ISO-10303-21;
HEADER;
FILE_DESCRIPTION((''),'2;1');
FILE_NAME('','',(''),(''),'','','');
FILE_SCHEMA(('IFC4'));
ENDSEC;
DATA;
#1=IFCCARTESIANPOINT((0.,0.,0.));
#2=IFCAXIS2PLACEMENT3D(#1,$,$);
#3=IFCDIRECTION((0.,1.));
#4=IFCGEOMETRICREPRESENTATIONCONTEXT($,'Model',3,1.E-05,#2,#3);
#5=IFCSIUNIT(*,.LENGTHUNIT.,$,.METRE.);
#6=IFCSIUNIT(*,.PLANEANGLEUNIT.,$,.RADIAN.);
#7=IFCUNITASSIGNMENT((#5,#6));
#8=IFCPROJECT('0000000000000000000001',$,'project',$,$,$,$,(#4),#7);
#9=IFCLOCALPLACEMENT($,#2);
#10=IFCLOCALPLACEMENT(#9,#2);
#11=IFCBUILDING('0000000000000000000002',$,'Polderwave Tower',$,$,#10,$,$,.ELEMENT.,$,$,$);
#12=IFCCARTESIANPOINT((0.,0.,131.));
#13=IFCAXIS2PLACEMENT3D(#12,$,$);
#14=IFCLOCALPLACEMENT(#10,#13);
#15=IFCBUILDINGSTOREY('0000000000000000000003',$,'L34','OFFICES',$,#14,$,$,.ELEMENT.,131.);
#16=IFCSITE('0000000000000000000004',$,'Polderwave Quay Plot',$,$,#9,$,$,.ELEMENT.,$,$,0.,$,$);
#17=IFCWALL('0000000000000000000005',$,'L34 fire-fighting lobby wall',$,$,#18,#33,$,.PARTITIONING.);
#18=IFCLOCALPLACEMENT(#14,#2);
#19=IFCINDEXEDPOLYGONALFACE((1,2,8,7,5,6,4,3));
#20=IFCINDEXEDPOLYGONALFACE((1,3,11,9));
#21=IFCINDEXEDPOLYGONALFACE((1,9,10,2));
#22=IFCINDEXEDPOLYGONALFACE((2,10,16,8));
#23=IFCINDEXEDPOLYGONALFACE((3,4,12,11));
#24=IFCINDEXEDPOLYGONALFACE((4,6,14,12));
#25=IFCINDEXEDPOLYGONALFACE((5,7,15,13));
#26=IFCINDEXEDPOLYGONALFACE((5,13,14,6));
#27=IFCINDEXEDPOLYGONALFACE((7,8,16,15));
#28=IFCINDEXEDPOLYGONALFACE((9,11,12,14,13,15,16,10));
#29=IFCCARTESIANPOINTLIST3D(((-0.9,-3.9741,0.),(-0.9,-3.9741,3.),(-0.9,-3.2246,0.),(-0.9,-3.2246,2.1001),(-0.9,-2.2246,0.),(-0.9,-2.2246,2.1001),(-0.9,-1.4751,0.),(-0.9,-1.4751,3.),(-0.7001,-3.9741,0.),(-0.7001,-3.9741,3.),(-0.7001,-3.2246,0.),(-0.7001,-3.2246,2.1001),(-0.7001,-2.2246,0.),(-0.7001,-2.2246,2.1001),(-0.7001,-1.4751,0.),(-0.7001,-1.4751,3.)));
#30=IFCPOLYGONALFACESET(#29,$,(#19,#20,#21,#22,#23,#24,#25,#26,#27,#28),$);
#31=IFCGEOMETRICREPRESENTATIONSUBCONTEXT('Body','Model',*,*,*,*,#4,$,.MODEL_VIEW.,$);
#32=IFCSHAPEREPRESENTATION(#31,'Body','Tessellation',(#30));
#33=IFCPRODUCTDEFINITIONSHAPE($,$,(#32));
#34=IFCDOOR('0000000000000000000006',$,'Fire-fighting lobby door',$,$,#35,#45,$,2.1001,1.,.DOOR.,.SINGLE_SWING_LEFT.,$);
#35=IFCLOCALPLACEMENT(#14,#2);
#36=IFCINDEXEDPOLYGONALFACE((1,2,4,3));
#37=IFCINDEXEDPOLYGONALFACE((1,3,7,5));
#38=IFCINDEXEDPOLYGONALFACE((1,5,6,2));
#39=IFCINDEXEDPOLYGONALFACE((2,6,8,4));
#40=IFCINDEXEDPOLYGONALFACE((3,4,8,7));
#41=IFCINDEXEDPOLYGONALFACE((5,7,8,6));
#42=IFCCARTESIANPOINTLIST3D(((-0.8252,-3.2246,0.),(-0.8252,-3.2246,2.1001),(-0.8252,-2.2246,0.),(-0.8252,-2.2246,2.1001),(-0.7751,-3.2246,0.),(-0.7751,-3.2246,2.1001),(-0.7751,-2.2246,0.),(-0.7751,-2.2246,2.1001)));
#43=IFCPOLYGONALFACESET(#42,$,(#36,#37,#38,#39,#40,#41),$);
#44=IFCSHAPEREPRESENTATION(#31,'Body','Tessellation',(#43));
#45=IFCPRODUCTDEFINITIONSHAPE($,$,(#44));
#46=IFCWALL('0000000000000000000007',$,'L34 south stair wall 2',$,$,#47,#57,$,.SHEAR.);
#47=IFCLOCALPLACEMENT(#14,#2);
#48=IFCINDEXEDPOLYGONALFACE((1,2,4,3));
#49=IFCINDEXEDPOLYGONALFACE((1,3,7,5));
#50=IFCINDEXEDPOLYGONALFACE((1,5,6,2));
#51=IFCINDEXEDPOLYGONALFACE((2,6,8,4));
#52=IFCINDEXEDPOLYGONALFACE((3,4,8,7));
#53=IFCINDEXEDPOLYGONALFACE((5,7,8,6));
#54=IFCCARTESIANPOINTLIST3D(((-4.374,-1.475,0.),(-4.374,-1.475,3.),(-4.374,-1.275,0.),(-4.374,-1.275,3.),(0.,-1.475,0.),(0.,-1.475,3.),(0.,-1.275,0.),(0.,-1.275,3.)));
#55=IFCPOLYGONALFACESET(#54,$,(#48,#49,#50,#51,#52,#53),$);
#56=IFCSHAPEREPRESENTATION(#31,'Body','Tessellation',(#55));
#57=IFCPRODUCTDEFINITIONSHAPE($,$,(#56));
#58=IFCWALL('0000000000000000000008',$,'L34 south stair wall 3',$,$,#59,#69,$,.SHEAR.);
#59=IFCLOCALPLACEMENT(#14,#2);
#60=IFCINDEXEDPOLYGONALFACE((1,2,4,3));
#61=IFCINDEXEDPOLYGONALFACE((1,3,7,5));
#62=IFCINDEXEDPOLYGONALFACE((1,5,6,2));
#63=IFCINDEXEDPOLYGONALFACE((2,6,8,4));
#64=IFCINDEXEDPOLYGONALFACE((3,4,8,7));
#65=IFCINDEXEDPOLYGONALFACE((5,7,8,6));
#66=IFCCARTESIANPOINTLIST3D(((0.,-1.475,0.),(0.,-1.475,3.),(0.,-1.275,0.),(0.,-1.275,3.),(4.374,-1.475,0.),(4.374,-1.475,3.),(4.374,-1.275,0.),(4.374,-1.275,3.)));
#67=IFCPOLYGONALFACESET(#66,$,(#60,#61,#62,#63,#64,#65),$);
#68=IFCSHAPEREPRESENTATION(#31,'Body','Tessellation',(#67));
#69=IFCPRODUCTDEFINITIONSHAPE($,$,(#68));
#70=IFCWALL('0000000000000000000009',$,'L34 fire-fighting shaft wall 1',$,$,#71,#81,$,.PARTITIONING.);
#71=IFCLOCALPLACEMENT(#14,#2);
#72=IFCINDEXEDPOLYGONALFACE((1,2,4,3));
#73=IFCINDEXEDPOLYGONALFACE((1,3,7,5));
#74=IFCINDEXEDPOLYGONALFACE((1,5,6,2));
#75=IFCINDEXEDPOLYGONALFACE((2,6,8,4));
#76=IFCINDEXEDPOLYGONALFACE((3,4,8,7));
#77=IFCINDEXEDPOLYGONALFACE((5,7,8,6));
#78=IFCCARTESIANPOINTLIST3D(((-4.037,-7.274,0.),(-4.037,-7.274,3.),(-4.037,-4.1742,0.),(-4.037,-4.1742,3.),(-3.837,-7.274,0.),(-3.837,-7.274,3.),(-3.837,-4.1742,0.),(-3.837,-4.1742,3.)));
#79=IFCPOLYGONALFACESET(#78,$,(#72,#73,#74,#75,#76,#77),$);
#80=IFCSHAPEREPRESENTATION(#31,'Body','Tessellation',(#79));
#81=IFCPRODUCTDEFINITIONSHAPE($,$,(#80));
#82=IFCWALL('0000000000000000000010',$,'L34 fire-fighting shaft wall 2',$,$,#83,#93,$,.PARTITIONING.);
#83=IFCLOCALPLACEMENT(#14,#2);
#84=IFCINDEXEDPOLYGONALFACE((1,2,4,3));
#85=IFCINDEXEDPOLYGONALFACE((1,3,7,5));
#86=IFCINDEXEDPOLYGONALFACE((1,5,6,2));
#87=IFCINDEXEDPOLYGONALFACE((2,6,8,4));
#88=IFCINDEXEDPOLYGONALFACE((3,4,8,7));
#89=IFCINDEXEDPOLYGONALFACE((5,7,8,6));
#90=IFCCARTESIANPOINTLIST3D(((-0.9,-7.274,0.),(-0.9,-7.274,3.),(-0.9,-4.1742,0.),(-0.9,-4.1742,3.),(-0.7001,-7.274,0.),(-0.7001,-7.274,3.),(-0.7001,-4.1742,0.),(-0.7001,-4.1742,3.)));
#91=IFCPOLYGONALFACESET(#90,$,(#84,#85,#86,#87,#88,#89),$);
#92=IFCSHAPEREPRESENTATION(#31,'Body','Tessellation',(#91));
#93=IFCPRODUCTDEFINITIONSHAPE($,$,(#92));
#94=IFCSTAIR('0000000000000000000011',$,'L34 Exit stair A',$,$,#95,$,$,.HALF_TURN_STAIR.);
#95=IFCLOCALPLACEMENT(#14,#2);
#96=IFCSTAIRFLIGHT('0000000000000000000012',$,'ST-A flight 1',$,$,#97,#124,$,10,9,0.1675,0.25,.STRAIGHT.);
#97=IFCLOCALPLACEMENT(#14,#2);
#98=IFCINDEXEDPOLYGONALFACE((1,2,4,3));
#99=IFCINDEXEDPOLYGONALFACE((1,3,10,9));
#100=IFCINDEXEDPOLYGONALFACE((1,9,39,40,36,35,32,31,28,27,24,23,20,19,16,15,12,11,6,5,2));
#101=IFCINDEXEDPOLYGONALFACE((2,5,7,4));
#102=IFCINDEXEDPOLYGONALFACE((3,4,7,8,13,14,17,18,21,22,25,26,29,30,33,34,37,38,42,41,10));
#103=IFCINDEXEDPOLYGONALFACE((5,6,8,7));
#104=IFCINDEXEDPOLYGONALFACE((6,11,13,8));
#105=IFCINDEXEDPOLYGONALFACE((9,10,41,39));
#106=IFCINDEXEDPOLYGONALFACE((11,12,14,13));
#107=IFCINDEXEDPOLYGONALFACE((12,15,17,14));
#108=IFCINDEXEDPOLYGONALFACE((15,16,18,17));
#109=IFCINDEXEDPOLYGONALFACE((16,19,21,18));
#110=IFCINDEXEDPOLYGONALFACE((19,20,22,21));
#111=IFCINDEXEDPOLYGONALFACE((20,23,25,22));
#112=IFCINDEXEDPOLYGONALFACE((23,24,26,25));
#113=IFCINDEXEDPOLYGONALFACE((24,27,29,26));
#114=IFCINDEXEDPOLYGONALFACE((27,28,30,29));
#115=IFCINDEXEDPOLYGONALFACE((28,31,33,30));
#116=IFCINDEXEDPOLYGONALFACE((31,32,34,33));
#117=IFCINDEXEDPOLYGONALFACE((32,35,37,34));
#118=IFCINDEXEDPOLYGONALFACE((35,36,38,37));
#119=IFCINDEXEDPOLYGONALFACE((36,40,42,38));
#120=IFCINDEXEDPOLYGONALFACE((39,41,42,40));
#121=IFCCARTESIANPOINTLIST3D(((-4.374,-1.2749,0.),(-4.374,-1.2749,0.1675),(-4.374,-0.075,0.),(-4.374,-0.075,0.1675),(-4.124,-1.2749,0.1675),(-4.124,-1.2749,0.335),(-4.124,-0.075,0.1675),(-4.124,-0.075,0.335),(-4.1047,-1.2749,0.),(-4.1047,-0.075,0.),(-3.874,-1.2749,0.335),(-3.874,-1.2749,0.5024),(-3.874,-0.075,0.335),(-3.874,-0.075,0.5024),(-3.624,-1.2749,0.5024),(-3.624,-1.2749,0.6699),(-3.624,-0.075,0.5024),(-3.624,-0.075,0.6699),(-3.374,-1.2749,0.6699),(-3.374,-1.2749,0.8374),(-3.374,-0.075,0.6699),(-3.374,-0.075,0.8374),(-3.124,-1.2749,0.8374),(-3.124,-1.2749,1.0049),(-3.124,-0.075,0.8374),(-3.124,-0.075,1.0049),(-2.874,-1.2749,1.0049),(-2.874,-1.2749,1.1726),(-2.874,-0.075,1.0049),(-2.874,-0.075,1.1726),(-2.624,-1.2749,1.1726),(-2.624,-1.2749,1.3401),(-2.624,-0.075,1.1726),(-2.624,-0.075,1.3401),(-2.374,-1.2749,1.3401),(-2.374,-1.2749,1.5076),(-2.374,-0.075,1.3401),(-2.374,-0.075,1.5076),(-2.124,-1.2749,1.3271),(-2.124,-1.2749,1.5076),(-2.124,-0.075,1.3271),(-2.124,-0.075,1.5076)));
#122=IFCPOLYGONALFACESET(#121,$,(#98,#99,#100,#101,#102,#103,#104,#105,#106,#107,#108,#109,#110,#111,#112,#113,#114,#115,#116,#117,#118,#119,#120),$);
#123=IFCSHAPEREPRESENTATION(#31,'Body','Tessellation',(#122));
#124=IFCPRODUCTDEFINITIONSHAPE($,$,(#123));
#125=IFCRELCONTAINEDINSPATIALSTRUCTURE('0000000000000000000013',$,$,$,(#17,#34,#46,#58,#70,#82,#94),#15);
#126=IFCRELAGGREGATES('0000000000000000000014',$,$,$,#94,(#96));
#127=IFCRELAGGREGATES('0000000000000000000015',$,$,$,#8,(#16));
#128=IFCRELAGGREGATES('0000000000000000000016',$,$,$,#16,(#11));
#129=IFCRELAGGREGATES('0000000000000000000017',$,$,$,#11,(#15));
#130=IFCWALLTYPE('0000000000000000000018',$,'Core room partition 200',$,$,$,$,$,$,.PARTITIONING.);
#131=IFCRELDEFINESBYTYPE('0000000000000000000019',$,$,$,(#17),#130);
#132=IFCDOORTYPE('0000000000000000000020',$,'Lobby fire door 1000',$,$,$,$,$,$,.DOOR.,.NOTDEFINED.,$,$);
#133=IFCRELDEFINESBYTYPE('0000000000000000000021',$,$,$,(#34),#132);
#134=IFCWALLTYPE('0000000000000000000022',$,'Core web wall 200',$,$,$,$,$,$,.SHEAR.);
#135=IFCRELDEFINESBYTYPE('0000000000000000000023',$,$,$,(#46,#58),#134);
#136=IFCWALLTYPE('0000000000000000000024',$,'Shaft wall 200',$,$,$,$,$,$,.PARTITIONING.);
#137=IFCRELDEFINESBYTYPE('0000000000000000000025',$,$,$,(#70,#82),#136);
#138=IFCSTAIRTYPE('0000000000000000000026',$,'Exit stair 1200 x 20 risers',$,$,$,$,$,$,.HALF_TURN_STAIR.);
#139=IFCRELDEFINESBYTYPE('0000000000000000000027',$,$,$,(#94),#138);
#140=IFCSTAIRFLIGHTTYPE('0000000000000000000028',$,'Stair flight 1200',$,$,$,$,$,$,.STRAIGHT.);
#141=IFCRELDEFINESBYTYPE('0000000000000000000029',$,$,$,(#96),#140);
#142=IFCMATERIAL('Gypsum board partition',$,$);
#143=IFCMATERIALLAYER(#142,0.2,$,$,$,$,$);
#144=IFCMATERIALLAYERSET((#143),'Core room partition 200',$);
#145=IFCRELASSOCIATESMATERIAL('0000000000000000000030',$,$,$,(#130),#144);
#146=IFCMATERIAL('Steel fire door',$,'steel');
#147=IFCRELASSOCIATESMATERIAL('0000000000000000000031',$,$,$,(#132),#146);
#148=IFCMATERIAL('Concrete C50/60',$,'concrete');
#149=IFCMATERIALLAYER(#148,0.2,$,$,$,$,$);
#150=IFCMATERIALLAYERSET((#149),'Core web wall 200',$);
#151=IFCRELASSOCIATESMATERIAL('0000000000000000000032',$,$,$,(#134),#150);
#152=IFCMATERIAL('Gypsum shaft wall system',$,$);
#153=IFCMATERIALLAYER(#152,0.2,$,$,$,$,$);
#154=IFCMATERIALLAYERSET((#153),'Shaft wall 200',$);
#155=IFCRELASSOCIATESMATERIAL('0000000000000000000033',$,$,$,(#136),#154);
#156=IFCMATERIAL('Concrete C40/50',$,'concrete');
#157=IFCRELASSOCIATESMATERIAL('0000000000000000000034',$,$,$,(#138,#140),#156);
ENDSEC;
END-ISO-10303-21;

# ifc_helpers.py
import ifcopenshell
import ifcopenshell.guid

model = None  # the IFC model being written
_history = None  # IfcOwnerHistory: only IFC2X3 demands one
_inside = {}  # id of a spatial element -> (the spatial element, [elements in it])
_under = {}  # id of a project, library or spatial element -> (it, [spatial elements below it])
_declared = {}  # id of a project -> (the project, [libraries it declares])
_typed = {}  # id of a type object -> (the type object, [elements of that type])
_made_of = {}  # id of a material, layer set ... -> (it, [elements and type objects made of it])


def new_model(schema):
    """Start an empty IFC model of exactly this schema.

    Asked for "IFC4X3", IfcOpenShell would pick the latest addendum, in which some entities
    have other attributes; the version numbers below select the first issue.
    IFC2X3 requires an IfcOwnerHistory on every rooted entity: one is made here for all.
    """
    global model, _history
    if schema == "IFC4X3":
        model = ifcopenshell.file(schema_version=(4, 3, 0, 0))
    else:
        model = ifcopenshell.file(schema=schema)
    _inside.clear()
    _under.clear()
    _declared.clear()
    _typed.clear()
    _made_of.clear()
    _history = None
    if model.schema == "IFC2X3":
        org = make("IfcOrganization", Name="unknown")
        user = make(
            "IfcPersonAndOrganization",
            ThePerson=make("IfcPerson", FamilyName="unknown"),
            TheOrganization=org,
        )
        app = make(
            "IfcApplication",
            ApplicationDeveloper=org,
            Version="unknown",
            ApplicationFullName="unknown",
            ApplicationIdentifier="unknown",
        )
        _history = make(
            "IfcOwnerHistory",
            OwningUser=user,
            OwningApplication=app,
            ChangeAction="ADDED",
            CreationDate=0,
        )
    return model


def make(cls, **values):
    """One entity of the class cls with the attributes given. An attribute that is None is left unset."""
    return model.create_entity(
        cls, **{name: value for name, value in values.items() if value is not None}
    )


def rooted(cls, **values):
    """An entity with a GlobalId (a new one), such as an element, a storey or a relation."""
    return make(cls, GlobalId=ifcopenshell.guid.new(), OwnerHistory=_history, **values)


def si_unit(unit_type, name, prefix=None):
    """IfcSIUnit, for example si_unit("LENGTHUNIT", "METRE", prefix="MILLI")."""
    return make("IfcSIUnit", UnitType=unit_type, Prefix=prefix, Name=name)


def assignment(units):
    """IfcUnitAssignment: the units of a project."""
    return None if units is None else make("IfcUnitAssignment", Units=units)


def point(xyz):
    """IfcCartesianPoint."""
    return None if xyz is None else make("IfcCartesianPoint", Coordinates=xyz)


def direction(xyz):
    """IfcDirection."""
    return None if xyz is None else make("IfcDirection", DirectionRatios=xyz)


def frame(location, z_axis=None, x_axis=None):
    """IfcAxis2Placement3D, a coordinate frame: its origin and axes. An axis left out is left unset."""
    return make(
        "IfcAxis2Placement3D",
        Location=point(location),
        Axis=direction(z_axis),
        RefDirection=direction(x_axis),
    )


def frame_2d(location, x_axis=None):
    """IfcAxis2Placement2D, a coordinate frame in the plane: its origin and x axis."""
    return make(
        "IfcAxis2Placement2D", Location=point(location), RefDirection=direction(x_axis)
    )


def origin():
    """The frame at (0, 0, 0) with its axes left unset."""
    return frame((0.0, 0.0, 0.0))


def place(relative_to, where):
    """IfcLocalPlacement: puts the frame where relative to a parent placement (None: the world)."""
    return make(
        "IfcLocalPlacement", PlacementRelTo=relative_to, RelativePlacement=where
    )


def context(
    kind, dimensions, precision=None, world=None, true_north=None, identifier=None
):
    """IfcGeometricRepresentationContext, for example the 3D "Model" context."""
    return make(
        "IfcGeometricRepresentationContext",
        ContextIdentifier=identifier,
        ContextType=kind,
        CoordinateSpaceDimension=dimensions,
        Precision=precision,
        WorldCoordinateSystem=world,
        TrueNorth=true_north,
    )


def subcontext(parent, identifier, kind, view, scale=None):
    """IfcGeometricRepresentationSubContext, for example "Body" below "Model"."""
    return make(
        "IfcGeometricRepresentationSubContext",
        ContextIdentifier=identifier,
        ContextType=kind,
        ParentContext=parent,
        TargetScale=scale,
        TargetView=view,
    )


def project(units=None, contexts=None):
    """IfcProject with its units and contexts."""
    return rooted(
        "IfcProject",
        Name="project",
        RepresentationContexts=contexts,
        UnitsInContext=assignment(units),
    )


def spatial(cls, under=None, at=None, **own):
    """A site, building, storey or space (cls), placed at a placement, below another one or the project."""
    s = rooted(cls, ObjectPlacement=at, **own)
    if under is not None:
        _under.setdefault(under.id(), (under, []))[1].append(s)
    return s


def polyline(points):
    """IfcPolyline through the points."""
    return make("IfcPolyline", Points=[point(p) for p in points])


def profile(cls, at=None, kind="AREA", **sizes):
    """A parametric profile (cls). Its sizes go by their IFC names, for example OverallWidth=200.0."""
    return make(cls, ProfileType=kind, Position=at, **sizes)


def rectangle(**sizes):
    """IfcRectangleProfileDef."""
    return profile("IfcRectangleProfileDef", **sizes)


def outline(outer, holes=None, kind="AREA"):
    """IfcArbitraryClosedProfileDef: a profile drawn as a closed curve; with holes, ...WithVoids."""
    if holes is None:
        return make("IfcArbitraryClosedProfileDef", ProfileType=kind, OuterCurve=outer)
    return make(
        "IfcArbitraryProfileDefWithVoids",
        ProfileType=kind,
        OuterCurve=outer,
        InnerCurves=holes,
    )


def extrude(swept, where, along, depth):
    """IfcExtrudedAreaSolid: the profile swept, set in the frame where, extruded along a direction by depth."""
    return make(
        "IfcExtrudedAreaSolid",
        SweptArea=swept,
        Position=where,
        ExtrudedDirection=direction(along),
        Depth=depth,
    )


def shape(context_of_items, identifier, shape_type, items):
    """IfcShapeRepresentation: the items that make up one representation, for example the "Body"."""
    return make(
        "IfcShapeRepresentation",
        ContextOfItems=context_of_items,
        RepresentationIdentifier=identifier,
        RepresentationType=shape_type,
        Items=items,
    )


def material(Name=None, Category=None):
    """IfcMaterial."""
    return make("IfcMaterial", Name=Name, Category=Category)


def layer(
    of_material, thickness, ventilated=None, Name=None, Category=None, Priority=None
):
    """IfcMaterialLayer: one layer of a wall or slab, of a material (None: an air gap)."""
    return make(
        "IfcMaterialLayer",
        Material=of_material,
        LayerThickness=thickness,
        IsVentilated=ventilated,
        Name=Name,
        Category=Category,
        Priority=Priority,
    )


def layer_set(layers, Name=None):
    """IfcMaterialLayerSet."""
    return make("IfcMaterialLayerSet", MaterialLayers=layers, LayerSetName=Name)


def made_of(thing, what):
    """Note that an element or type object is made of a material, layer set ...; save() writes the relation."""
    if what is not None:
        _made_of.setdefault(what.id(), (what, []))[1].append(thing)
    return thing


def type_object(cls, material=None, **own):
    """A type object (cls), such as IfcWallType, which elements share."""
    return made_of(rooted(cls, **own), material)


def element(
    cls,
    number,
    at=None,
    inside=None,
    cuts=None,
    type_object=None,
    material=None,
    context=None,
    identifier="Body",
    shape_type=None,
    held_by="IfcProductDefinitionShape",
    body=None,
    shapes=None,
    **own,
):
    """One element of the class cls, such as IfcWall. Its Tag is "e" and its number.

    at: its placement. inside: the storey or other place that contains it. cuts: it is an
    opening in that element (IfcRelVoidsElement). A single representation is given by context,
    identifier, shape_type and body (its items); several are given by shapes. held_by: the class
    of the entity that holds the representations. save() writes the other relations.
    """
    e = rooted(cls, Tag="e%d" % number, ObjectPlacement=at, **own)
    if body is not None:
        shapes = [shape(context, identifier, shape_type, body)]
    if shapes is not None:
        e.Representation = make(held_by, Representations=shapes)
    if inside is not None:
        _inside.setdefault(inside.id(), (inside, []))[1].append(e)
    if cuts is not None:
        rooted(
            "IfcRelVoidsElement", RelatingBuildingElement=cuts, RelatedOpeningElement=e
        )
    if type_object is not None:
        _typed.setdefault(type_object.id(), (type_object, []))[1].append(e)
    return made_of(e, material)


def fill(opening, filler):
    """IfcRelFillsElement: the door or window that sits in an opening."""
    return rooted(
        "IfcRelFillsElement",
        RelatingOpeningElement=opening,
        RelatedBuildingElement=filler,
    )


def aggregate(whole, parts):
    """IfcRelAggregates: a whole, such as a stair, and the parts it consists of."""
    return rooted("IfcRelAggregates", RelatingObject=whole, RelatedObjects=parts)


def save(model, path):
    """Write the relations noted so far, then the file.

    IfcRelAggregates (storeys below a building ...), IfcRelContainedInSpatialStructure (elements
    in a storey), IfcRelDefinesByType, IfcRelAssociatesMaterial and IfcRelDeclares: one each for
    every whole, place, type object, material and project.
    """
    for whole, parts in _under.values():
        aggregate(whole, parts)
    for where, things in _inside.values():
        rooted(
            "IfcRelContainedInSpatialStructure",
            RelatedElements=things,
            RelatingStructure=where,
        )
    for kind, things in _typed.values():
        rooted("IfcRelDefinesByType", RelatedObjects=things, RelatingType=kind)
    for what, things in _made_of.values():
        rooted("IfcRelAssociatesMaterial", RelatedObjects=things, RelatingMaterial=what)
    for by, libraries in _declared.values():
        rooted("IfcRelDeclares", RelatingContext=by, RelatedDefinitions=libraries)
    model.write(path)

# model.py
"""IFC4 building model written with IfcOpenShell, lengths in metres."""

from ifc_helpers import new_model, si_unit, direction, frame, frame_2d, origin, place, context, subcontext, project, spatial, polyline, rectangle, outline, extrude, material, layer, layer_set, type_object, element, fill, aggregate, save


model = new_model("IFC4")

# Units and contexts
model_context = context("Model", 3, precision=1e-05, world=origin(), true_north=direction((0.0, 1.0)))
body_context = subcontext(model_context, "Body", "Model", "MODEL_VIEW")
ifc_project = project(units=[si_unit("LENGTHUNIT", "METRE"), si_unit("PLANEANGLEUNIT", "RADIAN")], contexts=[model_context])

# Site, building, storey
site_placement = place(None, origin())
site = spatial("IfcSite", under=ifc_project, at=site_placement, Name="Polderwave Quay Plot", CompositionType="ELEMENT", RefElevation=0.0)
building_placement = place(site_placement, origin())
building = spatial("IfcBuilding", under=site, at=building_placement, Name="Polderwave Tower", CompositionType="ELEMENT")
storey_placement = place(building_placement, frame((0.0, 0.0, 131.0)))
storey = spatial("IfcBuildingStorey", under=building, at=storey_placement, Name="L34", Description="OFFICES", CompositionType="ELEMENT", Elevation=131.0)

# Wall, opening, door
ifc_material_1 = material(Name="Gypsum board partition")
ifc_layer_1 = layer(ifc_material_1, 0.2)
ifc_layer_set_1 = layer_set([ifc_layer_1], Name="Core room partition 200")
wall_type_1 = type_object("IfcWallType", Name="Core room partition 200", PredefinedType="PARTITIONING", material=ifc_layer_set_1)
wall_placement = place(storey_placement, frame((-0.8, -3.9741, 0.0), z_axis=(0.0, 0.0, 1.0), x_axis=(0.0, 1.0, 0.0)))
wall = element("IfcWall", 1, at=wall_placement, inside=storey, type_object=wall_type_1, Name="L34 fire-fighting lobby wall", PredefinedType="PARTITIONING", context=body_context, shape_type="SweptSolid", body=[
    extrude(rectangle(XDim=2.499, YDim=0.2, at=frame_2d((1.2495, 0.0))), origin(), (0.0, 0.0, 1.0), 3.0),
])
opening_placement = place(wall_placement, frame((0.7495, 0.0, 0.0)))
opening = element("IfcOpeningElement", 2, at=opening_placement, cuts=wall, PredefinedType="OPENING", context=body_context, shape_type="SweptSolid", body=[
    extrude(rectangle(XDim=1.0, YDim=2.1001, at=frame_2d((0.5, 1.05))), frame((0.0, 0.1099, 0.0), z_axis=(0.0, -1.0, 0.0), x_axis=(1.0, 0.0, 0.0)), (0.0, 0.0, 1.0), 0.22),
])
ifc_material_2 = material(Name="Steel fire door", Category="steel")
door_type = type_object("IfcDoorType", Name="Lobby fire door 1000", OperationType="NOTDEFINED", PredefinedType="DOOR", material=ifc_material_2)
door_placement = place(opening_placement, frame((1.0, 0.0, 0.0), z_axis=(0.0, 0.0, 1.0), x_axis=(-1.0, 0.0, 0.0)))
door = element("IfcDoor", 3, at=door_placement, inside=storey, type_object=door_type, Name="Fire-fighting lobby door", OperationType="SINGLE_SWING_LEFT", OverallHeight=2.1001, OverallWidth=1.0, PredefinedType="DOOR", context=body_context, shape_type="SweptSolid", body=[
    extrude(rectangle(XDim=1.0, YDim=2.1001, at=frame_2d((0.5, 1.05))), frame((0.0, 0.0249, 0.0), z_axis=(0.0, -1.0, 0.0), x_axis=(1.0, 0.0, 0.0)), (0.0, 0.0, 1.0), 0.05),
])
fill(opening, door)

# Walls
ifc_material_3 = material(Name="Concrete C50/60", Category="concrete")
ifc_layer_2 = layer(ifc_material_3, 0.2)
ifc_layer_set_2 = layer_set([ifc_layer_2], Name="Core web wall 200")
wall_type_2 = type_object("IfcWallType", Name="Core web wall 200", PredefinedType="SHEAR", material=ifc_layer_set_2)
for number, where, z_axis, x_axis, name in (
    (4, (-4.374, -1.375, 0.0), (0.0, 0.0, 1.0), (1.0, 0.0, 0.0), "L34 south stair wall 2"),
    (5, (0.0, -1.375, 0.0), (0.0, 0.0, 1.0), (1.0, 0.0, 0.0), "L34 south stair wall 3"),
):
    element("IfcWall", number, at=place(storey_placement, frame(where, z_axis=z_axis, x_axis=x_axis)), inside=storey, type_object=wall_type_2, Name=name, PredefinedType="SHEAR", context=body_context, shape_type="SweptSolid", body=[
        extrude(rectangle(XDim=4.374, YDim=0.2, at=frame_2d((2.187, 0.0))), origin(), (0.0, 0.0, 1.0), 3.0),
    ])
ifc_material_4 = material(Name="Gypsum shaft wall system")
ifc_layer_3 = layer(ifc_material_4, 0.2)
ifc_layer_set_3 = layer_set([ifc_layer_3], Name="Shaft wall 200")
wall_type_3 = type_object("IfcWallType", Name="Shaft wall 200", PredefinedType="PARTITIONING", material=ifc_layer_set_3)
for number, where, z_axis, x_axis, name in (
    (6, (-3.937, -7.2739, 0.0), (0.0, 0.0, 1.0), (0.0, 1.0, 0.0), "L34 fire-fighting shaft wall 1"),
    (7, (-0.8, -7.2739, 0.0), (0.0, 0.0, 1.0), (0.0, 1.0, 0.0), "L34 fire-fighting shaft wall 2"),
):
    element("IfcWall", number, at=place(storey_placement, frame(where, z_axis=z_axis, x_axis=x_axis)), inside=storey, type_object=wall_type_3, Name=name, PredefinedType="PARTITIONING", context=body_context, shape_type="SweptSolid", body=[
        extrude(rectangle(XDim=3.0999, YDim=0.2, at=frame_2d((1.5498, 0.0))), origin(), (0.0, 0.0, 1.0), 3.0),
    ])

# Stair, stair flight
ifc_material_5 = material(Name="Concrete C40/50", Category="concrete")
stair_type = type_object("IfcStairType", Name="Exit stair 1200 x 20 risers", PredefinedType="HALF_TURN_STAIR", material=ifc_material_5)
stair_placement = place(storey_placement, origin())
stair = element("IfcStair", 8, at=stair_placement, inside=storey, type_object=stair_type, Name="L34 Exit stair A", PredefinedType="HALF_TURN_STAIR")
stair_flight_type = type_object("IfcStairFlightType", Name="Stair flight 1200", PredefinedType="STRAIGHT", material=ifc_material_5)
stair_flight_placement = place(storey_placement, frame((-4.374, -0.675, 0.0), z_axis=(0.0, 0.0, 1.0), x_axis=(1.0, 0.0, 0.0)))
stair_flight = element("IfcStairFlight", 9, at=stair_flight_placement, type_object=stair_flight_type, Name="ST-A flight 1", NumberOfRisers=10, NumberOfTreads=9, PredefinedType="STRAIGHT", RiserHeight=0.1675, TreadLength=0.25, context=body_context, shape_type="SweptSolid", body=[
    extrude(outline(polyline([(0.0, 0.0), (0.0, 0.1675), (0.25, 0.1675), (0.25, 0.335), (0.5, 0.335), (0.5, 0.5024), (0.75, 0.5024), (0.75, 0.6699), (1.0, 0.6699), (1.0, 0.8374), (1.25, 0.8374), (1.25, 1.0049), (1.5, 1.0049), (1.5, 1.1726), (1.75, 1.1726), (1.75, 1.3401), (2.0, 1.3401), (2.0, 1.5076), (2.25, 1.5076), (2.25, 1.675), (2.25, 1.3271), (0.2693, 0.0), (0.0, 0.0)])), frame((0.0, 0.6001, 0.0), z_axis=(0.0, -1.0, 0.0), x_axis=(1.0, 0.0, 0.0)), (0.0, 0.0, 1.0), 1.2),
])
aggregate(stair, [stair_flight])

save(model, "model.ifc")
